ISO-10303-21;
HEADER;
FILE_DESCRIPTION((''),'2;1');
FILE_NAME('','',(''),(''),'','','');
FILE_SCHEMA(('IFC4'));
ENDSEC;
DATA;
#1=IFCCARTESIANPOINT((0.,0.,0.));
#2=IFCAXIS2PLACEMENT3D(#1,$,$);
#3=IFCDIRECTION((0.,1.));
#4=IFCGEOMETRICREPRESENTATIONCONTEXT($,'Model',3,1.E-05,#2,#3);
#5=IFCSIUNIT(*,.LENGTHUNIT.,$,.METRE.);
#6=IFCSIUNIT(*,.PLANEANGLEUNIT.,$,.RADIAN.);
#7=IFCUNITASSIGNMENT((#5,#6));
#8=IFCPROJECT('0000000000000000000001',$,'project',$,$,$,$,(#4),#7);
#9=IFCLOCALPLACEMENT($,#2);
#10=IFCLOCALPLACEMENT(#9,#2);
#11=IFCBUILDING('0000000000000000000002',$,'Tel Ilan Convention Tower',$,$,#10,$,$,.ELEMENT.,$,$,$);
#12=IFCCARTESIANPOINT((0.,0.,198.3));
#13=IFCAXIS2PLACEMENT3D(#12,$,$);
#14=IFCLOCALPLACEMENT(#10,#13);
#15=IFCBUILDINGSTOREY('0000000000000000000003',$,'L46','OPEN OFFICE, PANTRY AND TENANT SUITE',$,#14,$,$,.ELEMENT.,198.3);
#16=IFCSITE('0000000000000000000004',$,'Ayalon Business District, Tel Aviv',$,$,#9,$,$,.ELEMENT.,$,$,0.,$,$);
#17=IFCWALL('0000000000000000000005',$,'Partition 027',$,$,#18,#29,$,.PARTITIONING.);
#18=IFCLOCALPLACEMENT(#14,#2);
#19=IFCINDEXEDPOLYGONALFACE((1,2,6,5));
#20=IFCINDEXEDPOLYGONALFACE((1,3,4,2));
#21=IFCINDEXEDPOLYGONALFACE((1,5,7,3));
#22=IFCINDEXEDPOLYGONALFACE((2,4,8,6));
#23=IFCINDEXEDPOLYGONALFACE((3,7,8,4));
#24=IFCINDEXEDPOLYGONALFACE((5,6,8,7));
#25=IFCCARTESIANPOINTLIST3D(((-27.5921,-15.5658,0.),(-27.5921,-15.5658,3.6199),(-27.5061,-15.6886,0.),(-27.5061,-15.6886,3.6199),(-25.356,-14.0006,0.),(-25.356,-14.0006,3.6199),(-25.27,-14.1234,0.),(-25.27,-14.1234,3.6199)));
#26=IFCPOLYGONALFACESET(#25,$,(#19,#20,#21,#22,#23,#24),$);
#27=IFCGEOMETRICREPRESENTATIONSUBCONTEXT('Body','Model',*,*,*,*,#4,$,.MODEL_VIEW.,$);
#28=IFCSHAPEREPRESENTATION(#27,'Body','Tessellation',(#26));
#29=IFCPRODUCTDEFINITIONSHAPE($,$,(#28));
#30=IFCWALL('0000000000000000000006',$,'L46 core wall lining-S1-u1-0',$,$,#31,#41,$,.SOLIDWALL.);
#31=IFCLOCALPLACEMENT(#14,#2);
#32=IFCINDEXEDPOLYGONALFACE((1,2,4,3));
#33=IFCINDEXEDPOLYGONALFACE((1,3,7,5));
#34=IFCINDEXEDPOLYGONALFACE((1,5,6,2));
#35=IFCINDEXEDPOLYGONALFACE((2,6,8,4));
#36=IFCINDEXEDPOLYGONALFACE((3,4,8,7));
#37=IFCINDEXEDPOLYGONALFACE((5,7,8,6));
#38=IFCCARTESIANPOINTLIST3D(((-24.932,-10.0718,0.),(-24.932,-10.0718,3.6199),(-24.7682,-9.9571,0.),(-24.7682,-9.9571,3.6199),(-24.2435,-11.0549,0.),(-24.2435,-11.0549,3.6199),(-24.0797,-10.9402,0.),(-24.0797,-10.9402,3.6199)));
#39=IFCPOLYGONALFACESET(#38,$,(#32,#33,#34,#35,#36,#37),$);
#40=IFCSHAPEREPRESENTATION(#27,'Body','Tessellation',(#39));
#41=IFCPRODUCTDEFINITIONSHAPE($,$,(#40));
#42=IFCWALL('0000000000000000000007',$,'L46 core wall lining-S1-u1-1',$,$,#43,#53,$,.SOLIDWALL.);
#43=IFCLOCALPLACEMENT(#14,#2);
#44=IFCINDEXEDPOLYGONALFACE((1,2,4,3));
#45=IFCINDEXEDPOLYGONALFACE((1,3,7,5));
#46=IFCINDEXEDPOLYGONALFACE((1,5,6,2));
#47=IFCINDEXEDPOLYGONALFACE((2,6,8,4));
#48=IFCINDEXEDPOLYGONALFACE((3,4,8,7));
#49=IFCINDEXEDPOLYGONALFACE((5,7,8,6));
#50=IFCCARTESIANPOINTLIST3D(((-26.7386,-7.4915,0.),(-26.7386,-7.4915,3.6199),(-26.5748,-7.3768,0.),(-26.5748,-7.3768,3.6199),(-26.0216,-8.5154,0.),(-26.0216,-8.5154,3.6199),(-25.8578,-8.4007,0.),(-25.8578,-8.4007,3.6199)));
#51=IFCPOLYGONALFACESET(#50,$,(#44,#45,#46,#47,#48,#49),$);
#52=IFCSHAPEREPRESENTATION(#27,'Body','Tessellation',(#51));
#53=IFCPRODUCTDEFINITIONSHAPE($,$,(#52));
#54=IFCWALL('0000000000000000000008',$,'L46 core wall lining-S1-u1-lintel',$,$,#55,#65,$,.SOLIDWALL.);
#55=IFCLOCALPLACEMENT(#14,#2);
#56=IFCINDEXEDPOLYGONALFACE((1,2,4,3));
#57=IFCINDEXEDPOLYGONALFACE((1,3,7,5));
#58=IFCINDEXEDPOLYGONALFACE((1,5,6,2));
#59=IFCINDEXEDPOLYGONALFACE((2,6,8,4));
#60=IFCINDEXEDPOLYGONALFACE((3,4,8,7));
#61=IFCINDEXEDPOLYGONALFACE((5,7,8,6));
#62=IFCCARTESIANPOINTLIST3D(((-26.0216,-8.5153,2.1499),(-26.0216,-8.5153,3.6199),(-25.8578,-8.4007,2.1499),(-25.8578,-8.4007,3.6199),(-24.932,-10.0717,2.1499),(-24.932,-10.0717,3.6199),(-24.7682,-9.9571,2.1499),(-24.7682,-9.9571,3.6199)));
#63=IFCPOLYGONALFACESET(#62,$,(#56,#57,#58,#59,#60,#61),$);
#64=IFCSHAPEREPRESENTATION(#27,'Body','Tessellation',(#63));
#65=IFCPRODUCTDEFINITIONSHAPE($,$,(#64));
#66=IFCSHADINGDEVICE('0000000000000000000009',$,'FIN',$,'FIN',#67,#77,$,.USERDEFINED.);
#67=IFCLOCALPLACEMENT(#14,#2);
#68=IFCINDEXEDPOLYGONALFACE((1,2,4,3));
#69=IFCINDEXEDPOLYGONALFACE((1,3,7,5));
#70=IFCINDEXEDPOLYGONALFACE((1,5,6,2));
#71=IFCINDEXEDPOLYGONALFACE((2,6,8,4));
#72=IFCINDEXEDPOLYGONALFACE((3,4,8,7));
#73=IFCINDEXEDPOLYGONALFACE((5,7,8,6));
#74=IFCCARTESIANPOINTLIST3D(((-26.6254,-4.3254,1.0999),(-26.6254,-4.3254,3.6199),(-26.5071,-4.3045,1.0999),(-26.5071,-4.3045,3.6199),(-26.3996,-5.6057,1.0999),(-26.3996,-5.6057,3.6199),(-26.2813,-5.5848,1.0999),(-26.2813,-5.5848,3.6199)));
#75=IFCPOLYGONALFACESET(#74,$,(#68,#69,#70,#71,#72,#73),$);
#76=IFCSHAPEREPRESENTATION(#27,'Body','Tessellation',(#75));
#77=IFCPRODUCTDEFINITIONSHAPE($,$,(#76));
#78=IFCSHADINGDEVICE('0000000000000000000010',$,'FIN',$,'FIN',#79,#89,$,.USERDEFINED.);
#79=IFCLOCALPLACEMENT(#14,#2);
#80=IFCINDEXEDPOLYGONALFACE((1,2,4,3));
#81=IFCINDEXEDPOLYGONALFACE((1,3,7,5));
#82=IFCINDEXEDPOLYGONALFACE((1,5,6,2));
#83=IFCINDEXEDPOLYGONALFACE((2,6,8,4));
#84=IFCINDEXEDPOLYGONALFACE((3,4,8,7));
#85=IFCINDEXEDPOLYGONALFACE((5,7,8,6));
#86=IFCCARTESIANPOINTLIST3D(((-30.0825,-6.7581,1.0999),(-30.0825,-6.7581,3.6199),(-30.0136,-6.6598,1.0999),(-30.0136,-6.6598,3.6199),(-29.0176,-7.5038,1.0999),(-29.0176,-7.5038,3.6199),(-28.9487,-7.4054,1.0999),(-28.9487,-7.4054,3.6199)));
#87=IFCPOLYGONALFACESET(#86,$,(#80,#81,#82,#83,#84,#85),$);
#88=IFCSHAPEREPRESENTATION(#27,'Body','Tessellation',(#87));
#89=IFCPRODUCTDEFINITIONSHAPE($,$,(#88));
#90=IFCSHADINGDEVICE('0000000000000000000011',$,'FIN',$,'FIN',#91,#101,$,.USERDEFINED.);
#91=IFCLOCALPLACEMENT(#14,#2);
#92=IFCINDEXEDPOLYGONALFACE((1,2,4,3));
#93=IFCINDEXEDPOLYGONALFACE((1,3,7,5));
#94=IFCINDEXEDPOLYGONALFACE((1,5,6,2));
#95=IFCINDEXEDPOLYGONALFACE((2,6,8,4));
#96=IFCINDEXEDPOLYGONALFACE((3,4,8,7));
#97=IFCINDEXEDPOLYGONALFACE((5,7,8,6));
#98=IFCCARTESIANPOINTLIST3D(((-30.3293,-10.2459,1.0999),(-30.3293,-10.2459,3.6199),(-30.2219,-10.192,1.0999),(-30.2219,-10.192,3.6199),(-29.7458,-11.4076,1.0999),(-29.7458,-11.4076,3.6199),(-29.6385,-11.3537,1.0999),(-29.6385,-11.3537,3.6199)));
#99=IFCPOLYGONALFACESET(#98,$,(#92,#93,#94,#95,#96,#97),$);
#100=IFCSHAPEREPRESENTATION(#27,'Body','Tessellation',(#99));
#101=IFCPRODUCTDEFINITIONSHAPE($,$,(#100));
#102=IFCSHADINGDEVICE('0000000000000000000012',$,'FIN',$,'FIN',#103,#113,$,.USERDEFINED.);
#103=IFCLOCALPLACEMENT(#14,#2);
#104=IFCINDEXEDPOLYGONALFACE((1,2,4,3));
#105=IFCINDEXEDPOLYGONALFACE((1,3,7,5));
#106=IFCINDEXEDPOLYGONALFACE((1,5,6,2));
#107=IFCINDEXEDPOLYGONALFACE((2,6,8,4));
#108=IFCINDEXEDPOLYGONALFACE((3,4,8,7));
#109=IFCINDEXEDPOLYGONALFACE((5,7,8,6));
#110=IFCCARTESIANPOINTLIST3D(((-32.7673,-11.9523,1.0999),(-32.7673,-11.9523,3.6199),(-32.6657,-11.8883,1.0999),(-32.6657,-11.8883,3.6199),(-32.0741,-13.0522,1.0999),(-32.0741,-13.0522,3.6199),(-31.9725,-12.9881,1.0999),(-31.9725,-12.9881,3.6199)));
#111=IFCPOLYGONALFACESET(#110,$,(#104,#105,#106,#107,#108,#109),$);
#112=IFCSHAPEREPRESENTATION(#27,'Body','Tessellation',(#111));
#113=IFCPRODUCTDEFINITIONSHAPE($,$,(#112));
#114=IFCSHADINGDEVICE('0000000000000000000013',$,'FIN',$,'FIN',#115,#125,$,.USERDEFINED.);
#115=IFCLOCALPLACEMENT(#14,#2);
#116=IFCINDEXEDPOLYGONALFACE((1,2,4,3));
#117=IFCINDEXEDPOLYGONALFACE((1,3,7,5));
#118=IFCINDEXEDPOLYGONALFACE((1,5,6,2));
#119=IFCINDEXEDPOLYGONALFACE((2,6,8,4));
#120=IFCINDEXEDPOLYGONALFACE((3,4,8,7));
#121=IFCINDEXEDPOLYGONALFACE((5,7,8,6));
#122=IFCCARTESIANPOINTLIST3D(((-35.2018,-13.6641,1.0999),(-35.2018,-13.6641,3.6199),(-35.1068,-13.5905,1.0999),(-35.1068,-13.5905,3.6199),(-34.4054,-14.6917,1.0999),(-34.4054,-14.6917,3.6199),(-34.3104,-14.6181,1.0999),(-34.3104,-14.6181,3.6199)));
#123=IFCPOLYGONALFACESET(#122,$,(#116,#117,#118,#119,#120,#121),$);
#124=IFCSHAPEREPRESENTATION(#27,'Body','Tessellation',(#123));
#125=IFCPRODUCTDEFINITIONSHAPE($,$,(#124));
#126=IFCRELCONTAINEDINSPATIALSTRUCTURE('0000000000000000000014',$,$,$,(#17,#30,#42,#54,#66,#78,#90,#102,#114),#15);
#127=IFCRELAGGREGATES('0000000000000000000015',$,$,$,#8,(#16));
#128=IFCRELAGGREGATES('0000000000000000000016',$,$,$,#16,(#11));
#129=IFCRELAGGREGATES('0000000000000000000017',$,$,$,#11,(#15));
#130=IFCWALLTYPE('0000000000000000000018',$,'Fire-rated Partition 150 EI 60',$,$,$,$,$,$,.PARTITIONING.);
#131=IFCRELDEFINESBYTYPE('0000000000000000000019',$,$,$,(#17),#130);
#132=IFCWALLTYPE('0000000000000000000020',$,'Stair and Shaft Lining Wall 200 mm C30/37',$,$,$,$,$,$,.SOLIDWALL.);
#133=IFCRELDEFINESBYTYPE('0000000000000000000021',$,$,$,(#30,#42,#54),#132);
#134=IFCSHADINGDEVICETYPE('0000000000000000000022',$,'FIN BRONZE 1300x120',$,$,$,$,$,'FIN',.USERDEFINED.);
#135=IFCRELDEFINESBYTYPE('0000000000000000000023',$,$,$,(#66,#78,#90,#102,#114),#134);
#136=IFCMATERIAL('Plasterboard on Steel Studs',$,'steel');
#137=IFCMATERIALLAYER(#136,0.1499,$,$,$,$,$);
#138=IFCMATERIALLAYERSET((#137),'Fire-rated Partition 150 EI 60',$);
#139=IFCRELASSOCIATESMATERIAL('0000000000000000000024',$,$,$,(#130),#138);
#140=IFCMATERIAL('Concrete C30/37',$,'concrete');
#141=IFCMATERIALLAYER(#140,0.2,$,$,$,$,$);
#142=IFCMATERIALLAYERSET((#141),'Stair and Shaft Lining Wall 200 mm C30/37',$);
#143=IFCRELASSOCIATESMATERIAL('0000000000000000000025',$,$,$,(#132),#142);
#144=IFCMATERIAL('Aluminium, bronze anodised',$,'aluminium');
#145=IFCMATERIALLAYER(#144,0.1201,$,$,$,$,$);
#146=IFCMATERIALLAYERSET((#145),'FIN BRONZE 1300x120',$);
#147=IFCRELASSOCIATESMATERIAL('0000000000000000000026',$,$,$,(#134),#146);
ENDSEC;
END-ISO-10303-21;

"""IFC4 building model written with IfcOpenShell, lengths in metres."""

from ifc_helpers import new_model, si_unit, direction, frame, frame_2d, origin, origin_2d, place, context, subcontext, project, spatial, rectangle, extrude, material, layer, layer_set, type_object, element, save


model = new_model("IFC4")

# Units and contexts
model_context = context("Model", 3, precision=1e-05, world=origin(), true_north=direction((0.0, 1.0)))
body_context = subcontext(model_context, "Body", "Model", "MODEL_VIEW")
ifc_project = project(units=[si_unit("LENGTHUNIT", "METRE"), si_unit("PLANEANGLEUNIT", "RADIAN")], contexts=[model_context])

# Site, building, storey
site_placement = place(None, origin())
site = spatial("IfcSite", under=ifc_project, at=site_placement, Name="Ayalon Business District, Tel Aviv", CompositionType="ELEMENT", RefElevation=0.0)
building_placement = place(site_placement, origin())
building = spatial("IfcBuilding", under=site, at=building_placement, Name="Tel Ilan Convention Tower", CompositionType="ELEMENT")
storey_placement = place(building_placement, frame((0.0, 0.0, 198.3)))
storey = spatial("IfcBuildingStorey", under=building, at=storey_placement, Name="L46", Description="OPEN OFFICE, PANTRY AND TENANT SUITE", CompositionType="ELEMENT", Elevation=198.3)

# Walls
ifc_material_1 = material(Name="Plasterboard on Steel Studs", Category="steel")
ifc_layer_1 = layer(ifc_material_1, 0.1499)
ifc_layer_set_1 = layer_set([ifc_layer_1], Name="Fire-rated Partition 150 EI 60")
wall_type_1 = type_object("IfcWallType", Name="Fire-rated Partition 150 EI 60", PredefinedType="PARTITIONING", material=ifc_layer_set_1)
wall_1_placement = place(storey_placement, frame((-25.313, -14.062, 0.0), z_axis=(0.0, 0.0, 1.0), x_axis=(-0.819245, -0.573444, 0.0)))
element("IfcWall", 1, at=wall_1_placement, inside=storey, type_object=wall_type_1, Name="Partition 027", PredefinedType="PARTITIONING", context=body_context, shape_type="SweptSolid", body=[
    extrude(rectangle(XDim=2.7295, YDim=0.1499, at=frame_2d((1.3647, 0.0))), origin(), (0.0, 0.0, 1.0), 3.6199),
])
ifc_material_2 = material(Name="Concrete C30/37", Category="concrete")
ifc_layer_2 = layer(ifc_material_2, 0.2)
ifc_layer_set_2 = layer_set([ifc_layer_2], Name="Stair and Shaft Lining Wall 200 mm C30/37")
wall_type_2 = type_object("IfcWallType", Name="Stair and Shaft Lining Wall 200 mm C30/37", PredefinedType="SOLIDWALL", material=ifc_layer_set_2)
wall_2_placement = place(storey_placement, frame((-24.1616, -10.9976, 0.0), z_axis=(0.0, 0.0, 1.0), x_axis=(-0.573613, 0.819127, 0.0)))
element("IfcWall", 2, at=wall_2_placement, inside=storey, type_object=wall_type_2, Name="L46 core wall lining-S1-u1-0", PredefinedType="SOLIDWALL", context=body_context, shape_type="SweptSolid", body=[
    extrude(rectangle(XDim=1.2002, YDim=0.2, at=frame_2d((0.6001, 0.0))), origin(), (0.0, 0.0, 1.0), 3.6199),
])
wall_3_placement = place(storey_placement, frame((-25.9397, -8.458, 0.0), z_axis=(0.0, 0.0, 1.0), x_axis=(-0.57362, 0.819122, 0.0)))
element("IfcWall", 3, at=wall_3_placement, inside=storey, type_object=wall_type_2, Name="L46 core wall lining-S1-u1-1", PredefinedType="SOLIDWALL", context=body_context, shape_type="SweptSolid", body=[
    extrude(rectangle(XDim=1.25, YDim=0.2, at=frame_2d((0.625, 0.0))), origin(), (0.0, 0.0, 1.0), 3.6199),
])
wall_4_placement = place(storey_placement, frame((-24.8501, -10.0144, 2.1499), z_axis=(0.0, 0.0, 1.0), x_axis=(-0.573505, 0.819202, 0.0)))
element("IfcWall", 4, at=wall_4_placement, inside=storey, type_object=wall_type_2, Name="L46 core wall lining-S1-u1-lintel", PredefinedType="SOLIDWALL", context=body_context, shape_type="SweptSolid", body=[
    extrude(rectangle(XDim=1.8999, YDim=0.2, at=frame_2d((0.95, 0.0))), origin(), (0.0, 0.0, 1.0), 1.47),
])

# Shading devices
ifc_material_3 = material(Name="Aluminium, bronze anodised", Category="aluminium")
ifc_layer_3 = layer(ifc_material_3, 0.1201)
ifc_layer_set_3 = layer_set([ifc_layer_3], Name="FIN BRONZE 1300x120")
shading_device_type = type_object("IfcShadingDeviceType", Name="FIN BRONZE 1300x120", ElementType="FIN", PredefinedType="USERDEFINED", material=ifc_layer_set_3)
for number, where, z_axis, x_axis, name in (
    (5, (-26.4534, -4.9551, 1.0999), (0.0, 0.0, 1.0), (-0.173648, 0.984808, 0.0), "FIN"),
    (6, (-29.5156, -7.0818, 1.0999), (0.0, 0.0, 1.0), (-0.819152, 0.573576, 0.0), "FIN"),
    (7, (-29.9839, -10.7998, 1.0999), (0.0, 0.0, 1.0), (-0.448799, 0.893633, 0.0), "FIN"),
    (8, (-32.3699, -12.4702, 1.0999), (0.0, 0.0, 1.0), (-0.533204, 0.845986, 0.0), "FIN"),
    (9, (-34.7561, -14.1411, 1.0999), (0.0, 0.0, 1.0), (-0.612601, 0.790393, 0.0), "FIN"),
):
    element("IfcShadingDevice", number, at=place(storey_placement, frame(where, z_axis=z_axis, x_axis=x_axis)), inside=storey, type_object=shading_device_type, Name=name, ObjectType="FIN", PredefinedType="USERDEFINED", context=body_context, shape_type="SweptSolid", body=[
        extrude(rectangle(XDim=1.3, YDim=0.1201, at=origin_2d()), origin(), (0.0, 0.0, 1.0), 2.52),
    ])

save(model, "model.ifc")
